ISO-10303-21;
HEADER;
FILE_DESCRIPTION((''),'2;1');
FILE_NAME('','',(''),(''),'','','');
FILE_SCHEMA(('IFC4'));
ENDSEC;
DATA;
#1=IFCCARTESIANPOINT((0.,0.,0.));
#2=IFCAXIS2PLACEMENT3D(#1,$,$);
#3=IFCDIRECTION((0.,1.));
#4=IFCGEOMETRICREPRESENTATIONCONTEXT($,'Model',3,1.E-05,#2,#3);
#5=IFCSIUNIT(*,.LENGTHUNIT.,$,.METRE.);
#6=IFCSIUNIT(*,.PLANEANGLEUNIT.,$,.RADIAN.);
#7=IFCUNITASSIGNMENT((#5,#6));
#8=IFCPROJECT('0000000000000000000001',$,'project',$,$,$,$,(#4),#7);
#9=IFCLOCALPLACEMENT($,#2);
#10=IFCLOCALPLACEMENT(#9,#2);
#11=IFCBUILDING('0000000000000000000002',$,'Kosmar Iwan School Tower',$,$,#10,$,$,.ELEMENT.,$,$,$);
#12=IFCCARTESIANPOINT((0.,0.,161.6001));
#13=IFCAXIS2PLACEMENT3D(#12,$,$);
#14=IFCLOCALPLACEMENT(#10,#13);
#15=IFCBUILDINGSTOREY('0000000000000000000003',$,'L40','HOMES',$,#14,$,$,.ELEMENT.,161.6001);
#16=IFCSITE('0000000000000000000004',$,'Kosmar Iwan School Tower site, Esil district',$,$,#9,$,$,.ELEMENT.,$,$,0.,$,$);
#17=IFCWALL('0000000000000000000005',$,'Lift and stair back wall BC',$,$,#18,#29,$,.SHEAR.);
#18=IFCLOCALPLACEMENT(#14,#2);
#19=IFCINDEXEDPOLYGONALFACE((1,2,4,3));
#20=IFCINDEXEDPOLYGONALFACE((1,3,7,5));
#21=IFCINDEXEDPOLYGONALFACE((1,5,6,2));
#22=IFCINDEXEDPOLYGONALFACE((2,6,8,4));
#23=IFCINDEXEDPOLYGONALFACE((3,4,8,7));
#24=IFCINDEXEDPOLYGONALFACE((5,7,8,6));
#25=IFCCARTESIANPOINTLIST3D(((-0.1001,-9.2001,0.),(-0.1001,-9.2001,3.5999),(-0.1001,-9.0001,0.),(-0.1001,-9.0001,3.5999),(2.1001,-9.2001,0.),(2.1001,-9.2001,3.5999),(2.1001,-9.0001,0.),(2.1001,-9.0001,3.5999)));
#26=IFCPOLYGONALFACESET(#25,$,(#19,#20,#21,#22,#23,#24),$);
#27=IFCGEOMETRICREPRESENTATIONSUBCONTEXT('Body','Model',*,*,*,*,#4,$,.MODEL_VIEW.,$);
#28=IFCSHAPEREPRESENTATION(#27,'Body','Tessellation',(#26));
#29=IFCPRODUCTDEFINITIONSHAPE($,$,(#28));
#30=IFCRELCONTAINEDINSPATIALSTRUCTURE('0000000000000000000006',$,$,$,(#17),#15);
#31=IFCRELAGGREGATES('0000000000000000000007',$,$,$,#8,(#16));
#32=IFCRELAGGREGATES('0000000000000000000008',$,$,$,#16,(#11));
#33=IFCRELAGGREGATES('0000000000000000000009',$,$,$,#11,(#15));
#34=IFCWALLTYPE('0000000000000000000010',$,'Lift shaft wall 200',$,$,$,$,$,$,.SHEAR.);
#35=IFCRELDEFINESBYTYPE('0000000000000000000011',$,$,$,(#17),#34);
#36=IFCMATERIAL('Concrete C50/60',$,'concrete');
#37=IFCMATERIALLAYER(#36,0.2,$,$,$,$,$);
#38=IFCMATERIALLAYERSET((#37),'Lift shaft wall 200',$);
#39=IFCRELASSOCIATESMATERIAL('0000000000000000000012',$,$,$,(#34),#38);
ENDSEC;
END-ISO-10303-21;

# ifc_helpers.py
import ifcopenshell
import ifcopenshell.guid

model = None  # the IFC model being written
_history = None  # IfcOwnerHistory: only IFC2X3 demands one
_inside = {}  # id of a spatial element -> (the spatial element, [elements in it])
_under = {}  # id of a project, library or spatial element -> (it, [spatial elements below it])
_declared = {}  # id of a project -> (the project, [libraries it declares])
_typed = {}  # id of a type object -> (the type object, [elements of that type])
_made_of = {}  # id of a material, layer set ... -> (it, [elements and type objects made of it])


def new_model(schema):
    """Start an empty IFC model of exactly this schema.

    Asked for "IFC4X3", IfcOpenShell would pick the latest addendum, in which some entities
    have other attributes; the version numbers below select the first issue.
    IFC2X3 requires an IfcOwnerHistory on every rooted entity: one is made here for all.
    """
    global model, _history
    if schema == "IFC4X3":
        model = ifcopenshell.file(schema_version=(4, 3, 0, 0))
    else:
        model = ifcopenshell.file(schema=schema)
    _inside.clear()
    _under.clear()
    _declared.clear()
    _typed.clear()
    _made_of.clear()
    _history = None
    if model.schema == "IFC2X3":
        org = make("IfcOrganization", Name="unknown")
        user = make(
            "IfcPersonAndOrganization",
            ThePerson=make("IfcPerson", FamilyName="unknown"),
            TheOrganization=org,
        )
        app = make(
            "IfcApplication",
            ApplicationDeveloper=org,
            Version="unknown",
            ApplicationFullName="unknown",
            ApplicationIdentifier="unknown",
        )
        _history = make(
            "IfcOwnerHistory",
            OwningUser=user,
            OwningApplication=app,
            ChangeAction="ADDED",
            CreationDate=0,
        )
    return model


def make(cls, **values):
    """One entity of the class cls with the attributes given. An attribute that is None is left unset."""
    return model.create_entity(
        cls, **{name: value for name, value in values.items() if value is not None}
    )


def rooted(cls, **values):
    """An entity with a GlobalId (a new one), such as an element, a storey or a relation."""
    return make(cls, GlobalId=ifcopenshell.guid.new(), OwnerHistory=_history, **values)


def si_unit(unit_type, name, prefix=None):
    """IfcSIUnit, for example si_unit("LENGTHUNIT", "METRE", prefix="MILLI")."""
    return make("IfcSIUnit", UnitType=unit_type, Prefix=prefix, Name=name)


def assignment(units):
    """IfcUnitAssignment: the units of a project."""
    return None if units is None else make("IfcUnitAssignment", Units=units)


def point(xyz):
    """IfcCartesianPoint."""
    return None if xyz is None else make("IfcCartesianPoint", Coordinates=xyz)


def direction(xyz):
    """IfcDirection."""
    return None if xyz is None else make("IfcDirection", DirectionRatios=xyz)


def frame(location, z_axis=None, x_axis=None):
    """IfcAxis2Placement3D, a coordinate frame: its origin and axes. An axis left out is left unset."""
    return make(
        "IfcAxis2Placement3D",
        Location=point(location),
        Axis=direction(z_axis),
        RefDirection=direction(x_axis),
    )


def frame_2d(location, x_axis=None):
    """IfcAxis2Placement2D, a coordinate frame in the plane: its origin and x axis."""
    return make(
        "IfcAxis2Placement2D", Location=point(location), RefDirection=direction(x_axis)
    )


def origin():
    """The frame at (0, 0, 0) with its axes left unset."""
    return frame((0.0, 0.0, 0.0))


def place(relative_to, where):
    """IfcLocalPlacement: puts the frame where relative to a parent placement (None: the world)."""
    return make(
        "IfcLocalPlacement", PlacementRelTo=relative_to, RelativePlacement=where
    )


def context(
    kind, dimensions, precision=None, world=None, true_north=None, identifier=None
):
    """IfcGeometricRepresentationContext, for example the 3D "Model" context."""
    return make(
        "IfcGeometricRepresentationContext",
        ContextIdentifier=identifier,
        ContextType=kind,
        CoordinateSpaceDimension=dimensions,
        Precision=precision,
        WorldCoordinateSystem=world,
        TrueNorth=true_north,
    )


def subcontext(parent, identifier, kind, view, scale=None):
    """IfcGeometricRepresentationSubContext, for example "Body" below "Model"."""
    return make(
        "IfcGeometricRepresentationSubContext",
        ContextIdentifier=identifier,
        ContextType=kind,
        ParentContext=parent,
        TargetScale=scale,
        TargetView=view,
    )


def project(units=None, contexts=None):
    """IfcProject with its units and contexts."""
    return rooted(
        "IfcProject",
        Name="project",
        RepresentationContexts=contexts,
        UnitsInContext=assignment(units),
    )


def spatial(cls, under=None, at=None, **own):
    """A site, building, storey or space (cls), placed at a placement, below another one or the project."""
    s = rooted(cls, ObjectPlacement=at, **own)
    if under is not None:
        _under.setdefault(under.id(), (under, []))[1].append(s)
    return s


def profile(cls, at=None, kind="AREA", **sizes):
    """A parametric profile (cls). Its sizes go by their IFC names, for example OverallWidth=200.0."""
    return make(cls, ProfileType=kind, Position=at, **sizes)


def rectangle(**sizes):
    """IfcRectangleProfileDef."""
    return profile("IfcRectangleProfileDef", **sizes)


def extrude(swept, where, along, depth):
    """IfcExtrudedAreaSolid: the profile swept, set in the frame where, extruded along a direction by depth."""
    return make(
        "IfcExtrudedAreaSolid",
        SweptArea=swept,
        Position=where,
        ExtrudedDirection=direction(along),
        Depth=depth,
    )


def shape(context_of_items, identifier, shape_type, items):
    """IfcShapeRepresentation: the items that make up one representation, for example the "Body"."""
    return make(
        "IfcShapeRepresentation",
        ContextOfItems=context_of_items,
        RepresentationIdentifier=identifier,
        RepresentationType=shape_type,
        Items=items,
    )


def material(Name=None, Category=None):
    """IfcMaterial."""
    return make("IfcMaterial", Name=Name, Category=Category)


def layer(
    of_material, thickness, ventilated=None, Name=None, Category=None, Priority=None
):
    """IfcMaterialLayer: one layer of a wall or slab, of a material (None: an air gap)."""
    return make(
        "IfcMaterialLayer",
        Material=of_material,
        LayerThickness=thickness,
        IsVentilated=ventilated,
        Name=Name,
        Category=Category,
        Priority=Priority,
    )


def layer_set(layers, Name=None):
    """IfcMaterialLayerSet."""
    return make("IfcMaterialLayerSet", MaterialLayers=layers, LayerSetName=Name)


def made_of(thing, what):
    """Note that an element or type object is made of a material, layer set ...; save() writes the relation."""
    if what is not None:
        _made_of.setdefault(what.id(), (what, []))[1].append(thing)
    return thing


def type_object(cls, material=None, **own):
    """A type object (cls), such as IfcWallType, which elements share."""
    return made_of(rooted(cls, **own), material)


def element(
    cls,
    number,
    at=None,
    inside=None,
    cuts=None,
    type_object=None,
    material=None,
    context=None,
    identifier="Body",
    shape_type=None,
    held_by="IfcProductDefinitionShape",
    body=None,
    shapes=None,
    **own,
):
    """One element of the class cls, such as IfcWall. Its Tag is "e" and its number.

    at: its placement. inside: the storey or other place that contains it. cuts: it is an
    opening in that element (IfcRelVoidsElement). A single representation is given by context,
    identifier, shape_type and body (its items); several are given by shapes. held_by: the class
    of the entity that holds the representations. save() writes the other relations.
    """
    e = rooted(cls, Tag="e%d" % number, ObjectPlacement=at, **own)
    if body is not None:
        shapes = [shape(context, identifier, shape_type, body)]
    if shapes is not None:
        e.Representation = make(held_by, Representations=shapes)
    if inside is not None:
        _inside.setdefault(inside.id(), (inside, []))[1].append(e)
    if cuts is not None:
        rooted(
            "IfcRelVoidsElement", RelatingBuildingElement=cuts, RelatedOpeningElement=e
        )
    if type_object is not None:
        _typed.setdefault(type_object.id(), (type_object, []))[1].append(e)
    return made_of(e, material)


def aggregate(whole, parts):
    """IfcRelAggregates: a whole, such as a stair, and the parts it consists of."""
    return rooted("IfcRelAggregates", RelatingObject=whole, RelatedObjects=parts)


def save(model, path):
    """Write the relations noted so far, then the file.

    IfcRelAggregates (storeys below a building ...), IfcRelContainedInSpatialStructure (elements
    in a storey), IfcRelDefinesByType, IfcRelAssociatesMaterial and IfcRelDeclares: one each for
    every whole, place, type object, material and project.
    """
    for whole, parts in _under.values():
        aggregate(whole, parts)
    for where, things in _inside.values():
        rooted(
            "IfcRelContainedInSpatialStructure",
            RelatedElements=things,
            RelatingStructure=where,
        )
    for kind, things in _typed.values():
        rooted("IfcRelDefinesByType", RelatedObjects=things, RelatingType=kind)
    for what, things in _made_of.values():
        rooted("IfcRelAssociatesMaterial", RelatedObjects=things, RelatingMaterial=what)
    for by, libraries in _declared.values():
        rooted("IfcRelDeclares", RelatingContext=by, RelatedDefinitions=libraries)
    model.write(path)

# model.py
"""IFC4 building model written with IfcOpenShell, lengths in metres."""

from ifc_helpers import new_model, si_unit, direction, frame, frame_2d, origin, place, context, subcontext, project, spatial, rectangle, extrude, material, layer, layer_set, type_object, element, save


model = new_model("IFC4")

# Units and contexts
model_context = context("Model", 3, precision=1e-05, world=origin(), true_north=direction((0.0, 1.0)))
body_context = subcontext(model_context, "Body", "Model", "MODEL_VIEW")
ifc_project = project(units=[si_unit("LENGTHUNIT", "METRE"), si_unit("PLANEANGLEUNIT", "RADIAN")], contexts=[model_context])

# Site, building, storey
site_placement = place(None, origin())
site = spatial("IfcSite", under=ifc_project, at=site_placement, Name="Kosmar Iwan School Tower site, Esil district", CompositionType="ELEMENT", RefElevation=0.0)
building_placement = place(site_placement, origin())
building = spatial("IfcBuilding", under=site, at=building_placement, Name="Kosmar Iwan School Tower", CompositionType="ELEMENT")
storey_placement = place(building_placement, frame((0.0, 0.0, 161.6001)))
storey = spatial("IfcBuildingStorey", under=building, at=storey_placement, Name="L40", Description="HOMES", CompositionType="ELEMENT", Elevation=161.6001)

# Wall
ifc_material_1 = material(Name="Concrete C50/60", Category="concrete")
ifc_layer_1 = layer(ifc_material_1, 0.2)
ifc_layer_set_1 = layer_set([ifc_layer_1], Name="Lift shaft wall 200")
wall_type_1 = type_object("IfcWallType", Name="Lift shaft wall 200", PredefinedType="SHEAR", material=ifc_layer_set_1)
wall_1_placement = place(storey_placement, frame((-0.1001, -9.1001, 0.0), z_axis=(0.0, 0.0, 1.0), x_axis=(1.0, 0.0, 0.0)))
element("IfcWall", 1, at=wall_1_placement, inside=storey, type_object=wall_type_1, Name="Lift and stair back wall BC", PredefinedType="SHEAR", context=body_context, shape_type="SweptSolid", body=[
    extrude(rectangle(XDim=2.2002, YDim=0.2, at=frame_2d((1.1001, 0.0))), origin(), (0.0, 0.0, 1.0), 3.5999),
])

save(model, "model.ifc")
